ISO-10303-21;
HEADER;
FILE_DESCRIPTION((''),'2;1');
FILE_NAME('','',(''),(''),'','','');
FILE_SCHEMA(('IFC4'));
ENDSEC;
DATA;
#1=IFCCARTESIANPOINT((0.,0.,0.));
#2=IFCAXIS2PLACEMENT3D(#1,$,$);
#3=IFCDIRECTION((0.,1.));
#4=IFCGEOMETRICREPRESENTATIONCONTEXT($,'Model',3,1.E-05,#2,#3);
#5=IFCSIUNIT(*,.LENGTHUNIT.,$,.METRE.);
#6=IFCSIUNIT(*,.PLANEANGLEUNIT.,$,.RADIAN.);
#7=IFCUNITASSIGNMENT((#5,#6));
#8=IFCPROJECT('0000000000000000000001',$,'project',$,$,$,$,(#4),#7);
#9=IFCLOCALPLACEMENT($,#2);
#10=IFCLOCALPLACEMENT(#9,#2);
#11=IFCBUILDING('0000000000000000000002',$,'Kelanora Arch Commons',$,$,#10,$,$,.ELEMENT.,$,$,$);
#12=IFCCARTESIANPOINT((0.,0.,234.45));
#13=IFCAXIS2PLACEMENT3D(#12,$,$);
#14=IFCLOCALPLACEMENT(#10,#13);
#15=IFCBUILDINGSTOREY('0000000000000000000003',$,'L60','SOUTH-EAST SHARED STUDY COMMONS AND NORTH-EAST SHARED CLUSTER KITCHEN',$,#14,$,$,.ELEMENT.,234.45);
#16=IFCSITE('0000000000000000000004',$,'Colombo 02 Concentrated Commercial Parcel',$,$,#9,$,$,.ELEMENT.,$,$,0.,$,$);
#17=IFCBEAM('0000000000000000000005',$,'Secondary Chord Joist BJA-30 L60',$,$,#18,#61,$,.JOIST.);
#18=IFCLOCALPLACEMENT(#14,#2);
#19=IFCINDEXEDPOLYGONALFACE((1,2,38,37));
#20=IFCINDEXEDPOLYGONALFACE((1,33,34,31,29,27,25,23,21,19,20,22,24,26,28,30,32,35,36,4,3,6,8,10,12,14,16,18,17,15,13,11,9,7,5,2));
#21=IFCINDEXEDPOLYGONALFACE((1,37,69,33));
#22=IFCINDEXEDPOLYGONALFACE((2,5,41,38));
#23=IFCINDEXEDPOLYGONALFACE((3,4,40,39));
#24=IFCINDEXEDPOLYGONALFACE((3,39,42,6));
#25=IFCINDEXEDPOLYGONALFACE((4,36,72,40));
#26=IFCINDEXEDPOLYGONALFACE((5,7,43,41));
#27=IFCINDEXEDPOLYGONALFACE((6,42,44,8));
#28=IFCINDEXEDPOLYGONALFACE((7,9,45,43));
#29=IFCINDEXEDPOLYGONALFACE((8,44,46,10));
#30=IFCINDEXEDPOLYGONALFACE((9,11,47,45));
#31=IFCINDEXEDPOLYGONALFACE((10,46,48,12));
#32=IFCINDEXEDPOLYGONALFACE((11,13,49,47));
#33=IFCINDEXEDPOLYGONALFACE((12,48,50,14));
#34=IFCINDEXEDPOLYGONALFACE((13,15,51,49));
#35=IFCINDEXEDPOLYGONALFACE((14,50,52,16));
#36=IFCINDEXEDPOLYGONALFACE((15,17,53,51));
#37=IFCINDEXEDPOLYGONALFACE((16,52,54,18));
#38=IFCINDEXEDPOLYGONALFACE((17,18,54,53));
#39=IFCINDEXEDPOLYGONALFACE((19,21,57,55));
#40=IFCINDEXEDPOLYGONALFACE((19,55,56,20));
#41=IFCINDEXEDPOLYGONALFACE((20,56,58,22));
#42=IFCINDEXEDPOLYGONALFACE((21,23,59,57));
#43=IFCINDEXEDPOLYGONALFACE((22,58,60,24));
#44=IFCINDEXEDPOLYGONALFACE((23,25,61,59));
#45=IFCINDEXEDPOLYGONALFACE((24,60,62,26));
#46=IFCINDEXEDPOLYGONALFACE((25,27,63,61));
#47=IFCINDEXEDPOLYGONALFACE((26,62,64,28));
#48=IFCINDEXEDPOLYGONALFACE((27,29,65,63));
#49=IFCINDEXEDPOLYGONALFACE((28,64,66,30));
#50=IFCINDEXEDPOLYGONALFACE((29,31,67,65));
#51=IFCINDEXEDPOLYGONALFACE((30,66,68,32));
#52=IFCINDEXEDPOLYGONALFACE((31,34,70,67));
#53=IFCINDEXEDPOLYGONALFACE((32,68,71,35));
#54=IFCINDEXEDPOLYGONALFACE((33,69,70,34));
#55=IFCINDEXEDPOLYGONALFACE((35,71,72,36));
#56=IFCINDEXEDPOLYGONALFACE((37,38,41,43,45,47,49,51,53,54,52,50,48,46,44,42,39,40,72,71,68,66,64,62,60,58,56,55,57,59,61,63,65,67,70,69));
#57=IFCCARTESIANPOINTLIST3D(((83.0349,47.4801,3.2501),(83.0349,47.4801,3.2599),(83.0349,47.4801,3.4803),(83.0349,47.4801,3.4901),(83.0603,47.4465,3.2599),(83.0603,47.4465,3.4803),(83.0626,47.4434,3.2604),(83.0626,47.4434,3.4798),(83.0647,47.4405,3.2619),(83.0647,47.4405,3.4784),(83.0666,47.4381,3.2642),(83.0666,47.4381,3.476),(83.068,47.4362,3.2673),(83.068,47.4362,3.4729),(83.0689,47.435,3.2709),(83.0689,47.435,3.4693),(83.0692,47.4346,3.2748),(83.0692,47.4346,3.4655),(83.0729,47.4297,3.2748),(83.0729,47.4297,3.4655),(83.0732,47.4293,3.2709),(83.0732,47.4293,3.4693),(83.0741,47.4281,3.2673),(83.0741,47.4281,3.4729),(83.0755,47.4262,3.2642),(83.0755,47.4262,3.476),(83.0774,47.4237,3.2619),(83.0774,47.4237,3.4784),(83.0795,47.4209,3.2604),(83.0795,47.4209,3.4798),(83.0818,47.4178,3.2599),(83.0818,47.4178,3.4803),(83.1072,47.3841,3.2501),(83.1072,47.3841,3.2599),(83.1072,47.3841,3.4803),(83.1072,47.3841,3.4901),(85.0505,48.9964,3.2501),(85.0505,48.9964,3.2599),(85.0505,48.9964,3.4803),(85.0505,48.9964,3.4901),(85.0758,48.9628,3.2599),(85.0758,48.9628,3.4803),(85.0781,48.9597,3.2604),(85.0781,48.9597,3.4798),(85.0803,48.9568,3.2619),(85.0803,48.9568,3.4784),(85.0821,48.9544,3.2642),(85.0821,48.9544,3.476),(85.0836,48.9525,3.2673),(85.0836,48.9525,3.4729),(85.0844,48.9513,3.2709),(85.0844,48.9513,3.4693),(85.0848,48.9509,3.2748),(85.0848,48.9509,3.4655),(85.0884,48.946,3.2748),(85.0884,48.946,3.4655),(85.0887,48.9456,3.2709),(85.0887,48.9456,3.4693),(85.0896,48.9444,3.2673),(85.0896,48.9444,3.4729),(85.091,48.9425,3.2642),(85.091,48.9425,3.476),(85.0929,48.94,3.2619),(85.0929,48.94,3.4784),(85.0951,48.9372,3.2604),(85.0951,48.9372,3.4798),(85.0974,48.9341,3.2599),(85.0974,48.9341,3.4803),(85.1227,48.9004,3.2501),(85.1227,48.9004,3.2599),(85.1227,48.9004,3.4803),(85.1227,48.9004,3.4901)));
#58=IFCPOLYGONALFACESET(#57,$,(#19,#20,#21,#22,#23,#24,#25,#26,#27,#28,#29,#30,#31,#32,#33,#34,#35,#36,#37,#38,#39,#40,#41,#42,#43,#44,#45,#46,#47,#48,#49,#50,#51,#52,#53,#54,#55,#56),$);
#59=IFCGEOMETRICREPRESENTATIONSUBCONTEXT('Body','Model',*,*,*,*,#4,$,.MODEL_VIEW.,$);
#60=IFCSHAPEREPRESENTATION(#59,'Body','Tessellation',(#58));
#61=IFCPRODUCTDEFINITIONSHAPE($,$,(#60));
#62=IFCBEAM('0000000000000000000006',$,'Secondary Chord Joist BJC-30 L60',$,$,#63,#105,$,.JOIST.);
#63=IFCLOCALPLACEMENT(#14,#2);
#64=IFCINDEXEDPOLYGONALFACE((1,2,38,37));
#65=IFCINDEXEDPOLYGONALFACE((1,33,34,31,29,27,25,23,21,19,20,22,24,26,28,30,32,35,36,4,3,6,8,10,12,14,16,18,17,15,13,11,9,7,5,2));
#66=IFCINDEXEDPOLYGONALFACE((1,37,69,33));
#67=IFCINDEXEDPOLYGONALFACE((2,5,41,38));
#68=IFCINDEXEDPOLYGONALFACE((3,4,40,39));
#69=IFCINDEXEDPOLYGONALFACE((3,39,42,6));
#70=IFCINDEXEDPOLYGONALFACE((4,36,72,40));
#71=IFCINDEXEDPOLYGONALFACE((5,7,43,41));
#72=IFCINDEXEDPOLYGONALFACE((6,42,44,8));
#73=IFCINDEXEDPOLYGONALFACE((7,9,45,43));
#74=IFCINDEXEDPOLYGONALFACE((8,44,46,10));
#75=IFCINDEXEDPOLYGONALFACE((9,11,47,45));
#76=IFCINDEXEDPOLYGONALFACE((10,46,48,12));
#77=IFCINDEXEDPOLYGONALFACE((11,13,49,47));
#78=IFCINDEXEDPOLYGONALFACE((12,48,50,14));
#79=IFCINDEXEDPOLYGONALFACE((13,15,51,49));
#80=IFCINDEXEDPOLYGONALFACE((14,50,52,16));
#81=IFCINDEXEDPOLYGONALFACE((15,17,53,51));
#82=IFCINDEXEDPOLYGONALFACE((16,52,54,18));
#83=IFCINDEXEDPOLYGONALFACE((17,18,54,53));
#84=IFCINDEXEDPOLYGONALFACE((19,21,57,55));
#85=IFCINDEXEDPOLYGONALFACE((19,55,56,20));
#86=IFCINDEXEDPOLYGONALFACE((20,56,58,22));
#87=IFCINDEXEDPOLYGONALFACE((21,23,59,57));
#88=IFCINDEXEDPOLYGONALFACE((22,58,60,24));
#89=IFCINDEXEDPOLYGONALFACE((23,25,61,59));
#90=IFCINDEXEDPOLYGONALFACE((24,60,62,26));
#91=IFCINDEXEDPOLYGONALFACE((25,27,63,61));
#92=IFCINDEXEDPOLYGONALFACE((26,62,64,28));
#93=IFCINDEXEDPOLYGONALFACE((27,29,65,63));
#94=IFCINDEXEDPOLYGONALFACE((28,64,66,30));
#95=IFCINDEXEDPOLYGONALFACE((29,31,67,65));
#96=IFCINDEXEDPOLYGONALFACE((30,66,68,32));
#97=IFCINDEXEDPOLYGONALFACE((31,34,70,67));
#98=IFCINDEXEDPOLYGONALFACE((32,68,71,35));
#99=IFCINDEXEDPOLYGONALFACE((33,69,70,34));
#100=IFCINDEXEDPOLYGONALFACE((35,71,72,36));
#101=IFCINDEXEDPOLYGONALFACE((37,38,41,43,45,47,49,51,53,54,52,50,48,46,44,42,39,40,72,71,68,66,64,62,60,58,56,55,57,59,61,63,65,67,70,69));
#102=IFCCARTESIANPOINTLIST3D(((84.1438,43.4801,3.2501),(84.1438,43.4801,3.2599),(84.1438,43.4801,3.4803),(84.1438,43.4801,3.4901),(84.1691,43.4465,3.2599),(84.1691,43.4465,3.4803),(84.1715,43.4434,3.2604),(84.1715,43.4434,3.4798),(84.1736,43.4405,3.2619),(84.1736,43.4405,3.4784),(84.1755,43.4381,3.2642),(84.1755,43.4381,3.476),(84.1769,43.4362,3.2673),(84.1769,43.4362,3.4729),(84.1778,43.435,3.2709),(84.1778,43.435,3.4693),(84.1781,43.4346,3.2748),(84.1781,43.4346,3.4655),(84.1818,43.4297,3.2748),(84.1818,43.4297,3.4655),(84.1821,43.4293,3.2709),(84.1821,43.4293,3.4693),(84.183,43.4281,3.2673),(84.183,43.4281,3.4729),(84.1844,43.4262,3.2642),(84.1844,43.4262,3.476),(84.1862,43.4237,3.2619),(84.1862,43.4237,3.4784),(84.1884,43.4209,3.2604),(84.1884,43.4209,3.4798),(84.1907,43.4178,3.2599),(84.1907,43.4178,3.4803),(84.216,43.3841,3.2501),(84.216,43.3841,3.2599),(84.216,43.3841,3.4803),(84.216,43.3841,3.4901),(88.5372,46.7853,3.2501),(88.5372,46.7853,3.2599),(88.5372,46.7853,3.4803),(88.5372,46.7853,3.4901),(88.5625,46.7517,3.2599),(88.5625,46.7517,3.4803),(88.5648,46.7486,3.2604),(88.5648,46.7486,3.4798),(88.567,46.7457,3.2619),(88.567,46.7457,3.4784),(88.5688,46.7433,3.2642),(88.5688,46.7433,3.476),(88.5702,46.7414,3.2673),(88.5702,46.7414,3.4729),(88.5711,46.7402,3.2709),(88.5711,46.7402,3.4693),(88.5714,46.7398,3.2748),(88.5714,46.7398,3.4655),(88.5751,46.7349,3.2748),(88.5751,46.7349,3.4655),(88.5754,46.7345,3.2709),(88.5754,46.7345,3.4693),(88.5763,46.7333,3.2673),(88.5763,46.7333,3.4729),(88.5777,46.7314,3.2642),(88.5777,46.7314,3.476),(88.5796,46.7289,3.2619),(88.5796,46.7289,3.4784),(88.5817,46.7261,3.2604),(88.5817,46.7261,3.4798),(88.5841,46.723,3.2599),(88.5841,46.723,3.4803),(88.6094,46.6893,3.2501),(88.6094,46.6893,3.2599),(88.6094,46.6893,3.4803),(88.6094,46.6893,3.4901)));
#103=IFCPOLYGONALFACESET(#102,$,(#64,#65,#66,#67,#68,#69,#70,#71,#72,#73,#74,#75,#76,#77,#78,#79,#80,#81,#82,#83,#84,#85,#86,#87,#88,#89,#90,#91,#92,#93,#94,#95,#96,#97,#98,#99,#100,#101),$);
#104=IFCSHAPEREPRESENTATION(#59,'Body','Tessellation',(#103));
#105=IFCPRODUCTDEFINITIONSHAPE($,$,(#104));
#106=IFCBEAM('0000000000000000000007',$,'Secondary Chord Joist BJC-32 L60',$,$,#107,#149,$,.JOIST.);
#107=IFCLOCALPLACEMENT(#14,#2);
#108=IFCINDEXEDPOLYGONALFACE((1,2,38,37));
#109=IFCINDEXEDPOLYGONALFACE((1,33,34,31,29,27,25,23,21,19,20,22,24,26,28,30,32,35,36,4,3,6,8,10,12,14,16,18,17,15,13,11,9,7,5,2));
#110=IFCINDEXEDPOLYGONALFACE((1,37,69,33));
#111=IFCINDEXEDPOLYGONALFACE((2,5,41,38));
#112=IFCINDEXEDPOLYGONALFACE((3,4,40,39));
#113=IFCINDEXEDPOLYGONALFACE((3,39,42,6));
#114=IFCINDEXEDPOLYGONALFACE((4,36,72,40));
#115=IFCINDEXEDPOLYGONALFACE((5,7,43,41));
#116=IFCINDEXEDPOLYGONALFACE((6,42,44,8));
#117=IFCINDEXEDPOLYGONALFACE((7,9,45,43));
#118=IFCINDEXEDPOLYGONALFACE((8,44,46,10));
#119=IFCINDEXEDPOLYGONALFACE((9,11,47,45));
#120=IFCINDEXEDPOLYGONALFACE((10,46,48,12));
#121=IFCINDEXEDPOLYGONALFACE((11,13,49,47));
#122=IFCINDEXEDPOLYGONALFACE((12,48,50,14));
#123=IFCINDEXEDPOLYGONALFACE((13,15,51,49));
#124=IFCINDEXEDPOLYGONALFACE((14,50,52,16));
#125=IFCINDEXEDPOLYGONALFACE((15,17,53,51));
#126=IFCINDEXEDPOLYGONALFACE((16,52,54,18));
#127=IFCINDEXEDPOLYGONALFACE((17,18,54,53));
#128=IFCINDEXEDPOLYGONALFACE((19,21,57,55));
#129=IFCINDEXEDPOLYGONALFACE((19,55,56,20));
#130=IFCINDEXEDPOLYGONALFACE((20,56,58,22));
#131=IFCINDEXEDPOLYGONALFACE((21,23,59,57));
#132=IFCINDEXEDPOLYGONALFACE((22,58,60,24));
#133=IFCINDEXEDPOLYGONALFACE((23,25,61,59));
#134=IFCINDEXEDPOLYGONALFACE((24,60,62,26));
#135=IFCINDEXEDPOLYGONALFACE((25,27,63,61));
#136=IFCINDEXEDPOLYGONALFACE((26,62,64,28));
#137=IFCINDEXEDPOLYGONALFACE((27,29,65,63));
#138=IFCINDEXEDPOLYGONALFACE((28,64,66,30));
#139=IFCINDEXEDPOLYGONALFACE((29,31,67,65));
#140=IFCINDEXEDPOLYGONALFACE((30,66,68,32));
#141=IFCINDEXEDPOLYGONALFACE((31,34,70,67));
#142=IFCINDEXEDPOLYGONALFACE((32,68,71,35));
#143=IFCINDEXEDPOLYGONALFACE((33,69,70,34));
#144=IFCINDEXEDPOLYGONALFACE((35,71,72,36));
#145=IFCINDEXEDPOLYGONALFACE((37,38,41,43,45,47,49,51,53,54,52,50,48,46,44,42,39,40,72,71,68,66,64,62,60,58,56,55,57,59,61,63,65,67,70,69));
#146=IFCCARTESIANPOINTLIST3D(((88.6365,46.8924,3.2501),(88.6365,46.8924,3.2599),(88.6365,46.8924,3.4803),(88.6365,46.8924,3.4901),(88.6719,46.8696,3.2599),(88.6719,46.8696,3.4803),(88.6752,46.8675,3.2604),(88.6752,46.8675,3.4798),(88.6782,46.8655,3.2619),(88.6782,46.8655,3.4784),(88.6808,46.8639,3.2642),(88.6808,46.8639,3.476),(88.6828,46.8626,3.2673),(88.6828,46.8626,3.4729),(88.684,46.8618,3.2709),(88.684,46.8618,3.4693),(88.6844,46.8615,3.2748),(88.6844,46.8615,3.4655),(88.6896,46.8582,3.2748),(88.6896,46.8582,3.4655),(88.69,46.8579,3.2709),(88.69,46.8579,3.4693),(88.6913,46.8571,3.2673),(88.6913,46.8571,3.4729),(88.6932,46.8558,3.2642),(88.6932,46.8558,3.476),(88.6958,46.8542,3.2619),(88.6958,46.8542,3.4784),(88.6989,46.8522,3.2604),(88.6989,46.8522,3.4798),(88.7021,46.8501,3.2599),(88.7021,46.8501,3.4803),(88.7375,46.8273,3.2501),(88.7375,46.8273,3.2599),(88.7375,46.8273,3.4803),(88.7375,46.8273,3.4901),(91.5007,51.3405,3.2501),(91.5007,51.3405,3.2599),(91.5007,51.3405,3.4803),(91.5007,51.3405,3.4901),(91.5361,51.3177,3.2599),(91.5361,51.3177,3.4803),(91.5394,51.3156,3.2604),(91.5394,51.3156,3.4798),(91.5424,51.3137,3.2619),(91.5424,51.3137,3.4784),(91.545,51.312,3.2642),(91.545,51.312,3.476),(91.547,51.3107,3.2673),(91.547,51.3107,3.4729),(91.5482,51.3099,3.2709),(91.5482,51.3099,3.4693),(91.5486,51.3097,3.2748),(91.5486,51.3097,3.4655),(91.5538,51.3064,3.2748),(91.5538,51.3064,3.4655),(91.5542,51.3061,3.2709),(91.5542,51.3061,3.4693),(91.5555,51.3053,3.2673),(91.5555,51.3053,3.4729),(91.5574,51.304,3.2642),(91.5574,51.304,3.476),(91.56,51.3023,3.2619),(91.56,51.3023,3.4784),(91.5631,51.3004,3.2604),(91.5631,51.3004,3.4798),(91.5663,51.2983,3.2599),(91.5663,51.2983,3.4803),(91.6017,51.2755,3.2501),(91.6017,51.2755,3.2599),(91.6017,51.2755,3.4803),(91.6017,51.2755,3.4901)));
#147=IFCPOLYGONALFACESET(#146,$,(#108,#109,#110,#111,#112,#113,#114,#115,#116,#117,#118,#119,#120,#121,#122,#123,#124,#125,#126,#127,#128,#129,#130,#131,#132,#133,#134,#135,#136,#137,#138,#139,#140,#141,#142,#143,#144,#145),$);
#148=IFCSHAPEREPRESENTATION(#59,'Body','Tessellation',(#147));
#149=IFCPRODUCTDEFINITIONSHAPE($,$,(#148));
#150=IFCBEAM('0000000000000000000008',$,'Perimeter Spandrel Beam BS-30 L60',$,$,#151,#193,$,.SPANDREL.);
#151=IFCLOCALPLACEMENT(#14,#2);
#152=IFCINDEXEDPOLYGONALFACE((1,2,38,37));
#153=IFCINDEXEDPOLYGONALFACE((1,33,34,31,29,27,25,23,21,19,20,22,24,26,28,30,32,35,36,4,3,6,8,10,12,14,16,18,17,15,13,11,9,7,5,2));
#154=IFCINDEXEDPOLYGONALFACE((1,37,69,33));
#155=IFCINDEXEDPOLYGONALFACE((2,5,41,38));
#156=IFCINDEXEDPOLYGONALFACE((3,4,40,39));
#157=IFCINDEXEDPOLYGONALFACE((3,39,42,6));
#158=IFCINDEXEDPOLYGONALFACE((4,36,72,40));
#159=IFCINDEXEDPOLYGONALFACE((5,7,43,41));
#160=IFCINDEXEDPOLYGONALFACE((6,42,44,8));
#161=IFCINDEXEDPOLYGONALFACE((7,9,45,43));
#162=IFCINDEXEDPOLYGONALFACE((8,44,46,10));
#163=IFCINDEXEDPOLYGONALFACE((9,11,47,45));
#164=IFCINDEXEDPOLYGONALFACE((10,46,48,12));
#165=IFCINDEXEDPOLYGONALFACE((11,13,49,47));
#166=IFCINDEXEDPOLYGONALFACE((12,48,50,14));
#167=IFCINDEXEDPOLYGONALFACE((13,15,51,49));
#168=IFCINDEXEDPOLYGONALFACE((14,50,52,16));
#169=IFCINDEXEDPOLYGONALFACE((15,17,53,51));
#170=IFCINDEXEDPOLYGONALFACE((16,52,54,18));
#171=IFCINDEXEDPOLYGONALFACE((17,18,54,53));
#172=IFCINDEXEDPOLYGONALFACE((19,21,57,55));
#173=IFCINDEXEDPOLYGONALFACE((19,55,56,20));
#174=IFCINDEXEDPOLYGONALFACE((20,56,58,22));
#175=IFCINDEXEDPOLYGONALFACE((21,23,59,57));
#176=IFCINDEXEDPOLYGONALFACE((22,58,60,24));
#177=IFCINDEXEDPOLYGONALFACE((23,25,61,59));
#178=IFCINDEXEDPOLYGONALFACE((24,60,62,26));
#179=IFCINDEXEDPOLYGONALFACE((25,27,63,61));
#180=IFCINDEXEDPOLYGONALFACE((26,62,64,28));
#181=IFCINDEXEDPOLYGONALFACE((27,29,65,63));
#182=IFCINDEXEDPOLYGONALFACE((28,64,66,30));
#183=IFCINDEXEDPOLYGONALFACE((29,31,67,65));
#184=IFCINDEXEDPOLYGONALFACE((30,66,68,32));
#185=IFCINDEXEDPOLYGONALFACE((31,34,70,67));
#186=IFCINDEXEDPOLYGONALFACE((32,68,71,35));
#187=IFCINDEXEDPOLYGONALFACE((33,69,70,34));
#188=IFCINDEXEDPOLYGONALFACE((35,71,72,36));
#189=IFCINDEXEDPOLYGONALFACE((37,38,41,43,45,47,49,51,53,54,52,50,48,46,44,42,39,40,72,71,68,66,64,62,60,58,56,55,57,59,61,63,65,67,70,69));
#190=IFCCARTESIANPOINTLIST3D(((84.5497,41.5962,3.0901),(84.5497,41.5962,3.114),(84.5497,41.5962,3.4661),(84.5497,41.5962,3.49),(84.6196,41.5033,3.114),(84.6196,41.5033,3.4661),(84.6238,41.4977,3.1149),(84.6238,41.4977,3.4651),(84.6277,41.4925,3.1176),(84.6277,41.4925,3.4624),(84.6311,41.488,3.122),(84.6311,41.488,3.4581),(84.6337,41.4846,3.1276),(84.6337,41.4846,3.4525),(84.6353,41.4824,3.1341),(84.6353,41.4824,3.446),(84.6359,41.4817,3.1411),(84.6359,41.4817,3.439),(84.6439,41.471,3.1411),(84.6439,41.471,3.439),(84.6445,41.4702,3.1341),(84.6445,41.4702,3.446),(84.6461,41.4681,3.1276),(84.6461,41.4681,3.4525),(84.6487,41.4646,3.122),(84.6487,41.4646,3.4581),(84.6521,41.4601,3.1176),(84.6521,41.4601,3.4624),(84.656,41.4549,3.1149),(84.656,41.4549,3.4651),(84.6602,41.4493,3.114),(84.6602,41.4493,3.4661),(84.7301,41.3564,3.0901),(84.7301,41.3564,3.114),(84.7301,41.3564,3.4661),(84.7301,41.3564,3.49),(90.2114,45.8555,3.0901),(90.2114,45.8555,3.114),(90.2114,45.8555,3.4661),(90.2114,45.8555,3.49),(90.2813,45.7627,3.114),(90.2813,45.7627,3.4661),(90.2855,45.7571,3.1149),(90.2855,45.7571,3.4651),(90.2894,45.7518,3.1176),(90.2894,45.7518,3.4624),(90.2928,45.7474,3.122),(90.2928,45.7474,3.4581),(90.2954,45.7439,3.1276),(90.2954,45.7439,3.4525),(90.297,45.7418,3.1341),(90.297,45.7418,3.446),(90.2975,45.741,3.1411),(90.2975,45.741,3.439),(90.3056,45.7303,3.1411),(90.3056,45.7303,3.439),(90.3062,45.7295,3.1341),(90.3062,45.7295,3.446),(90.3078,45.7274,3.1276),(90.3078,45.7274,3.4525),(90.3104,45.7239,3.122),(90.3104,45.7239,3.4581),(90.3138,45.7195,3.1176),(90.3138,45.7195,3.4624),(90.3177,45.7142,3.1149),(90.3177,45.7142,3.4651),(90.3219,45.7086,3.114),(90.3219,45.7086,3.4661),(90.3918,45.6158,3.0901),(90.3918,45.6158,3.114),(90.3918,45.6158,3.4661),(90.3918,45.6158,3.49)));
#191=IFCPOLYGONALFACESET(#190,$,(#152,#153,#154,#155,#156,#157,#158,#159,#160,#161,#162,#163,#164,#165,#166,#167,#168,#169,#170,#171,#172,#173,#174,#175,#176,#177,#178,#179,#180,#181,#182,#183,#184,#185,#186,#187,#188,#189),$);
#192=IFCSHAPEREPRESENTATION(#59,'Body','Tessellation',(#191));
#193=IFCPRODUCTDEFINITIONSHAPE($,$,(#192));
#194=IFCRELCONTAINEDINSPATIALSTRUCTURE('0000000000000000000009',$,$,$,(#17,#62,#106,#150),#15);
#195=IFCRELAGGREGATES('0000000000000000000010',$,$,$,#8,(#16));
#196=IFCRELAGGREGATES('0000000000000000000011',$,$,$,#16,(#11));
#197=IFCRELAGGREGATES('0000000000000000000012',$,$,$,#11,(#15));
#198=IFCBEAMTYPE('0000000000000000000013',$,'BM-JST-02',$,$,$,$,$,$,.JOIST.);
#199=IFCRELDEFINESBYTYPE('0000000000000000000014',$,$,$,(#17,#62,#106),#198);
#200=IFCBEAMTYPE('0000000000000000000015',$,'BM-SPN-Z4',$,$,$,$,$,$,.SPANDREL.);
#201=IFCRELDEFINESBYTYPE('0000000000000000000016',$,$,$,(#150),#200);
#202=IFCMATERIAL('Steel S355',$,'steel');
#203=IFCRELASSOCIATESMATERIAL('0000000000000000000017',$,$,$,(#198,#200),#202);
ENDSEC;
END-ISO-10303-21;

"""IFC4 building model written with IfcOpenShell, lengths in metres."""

from ifc_helpers import new_model, si_unit, direction, frame, origin, origin_2d, place, context, subcontext, project, spatial, i_section, extrude, material, material_profile, profile_set, type_object, element, save


model = new_model("IFC4")

# Units and contexts
model_context = context("Model", 3, precision=1e-05, world=origin(), true_north=direction((0.0, 1.0)))
body_context = subcontext(model_context, "Body", "Model", "MODEL_VIEW")
ifc_project = project(units=[si_unit("LENGTHUNIT", "METRE"), si_unit("PLANEANGLEUNIT", "RADIAN")], contexts=[model_context])

# Site, building, storey
site_placement = place(None, origin())
site = spatial("IfcSite", under=ifc_project, at=site_placement, Name="Colombo 02 Concentrated Commercial Parcel", CompositionType="ELEMENT", RefElevation=0.0)
building_placement = place(site_placement, origin())
building = spatial("IfcBuilding", under=site, at=building_placement, Name="Kelanora Arch Commons", CompositionType="ELEMENT")
storey_placement = place(building_placement, frame((0.0, 0.0, 234.45)))
storey = spatial("IfcBuildingStorey", under=building, at=storey_placement, Name="L60", Description="SOUTH-EAST SHARED STUDY COMMONS AND NORTH-EAST SHARED CLUSTER KITCHEN", CompositionType="ELEMENT", Elevation=234.45)

# Beams
ifc_material_1 = material(Name="Steel S355", Category="steel")
ifc_material_profile_1 = material_profile(ifc_material_1, i_section(OverallWidth=0.1201, OverallDepth=0.24, WebThickness=0.0061, FlangeThickness=0.0098, FilletRadius=0.0149, at=origin_2d()), Name="IPE240")
ifc_profile_set_1 = profile_set([ifc_material_profile_1], Name="Steel S355")
beam_type_1 = type_object("IfcBeamType", Name="BM-JST-02", PredefinedType="JOIST", material=ifc_profile_set_1)
beam_1_placement = place(storey_placement, frame((83.071, 47.4321, 3.3701), z_axis=(0.799116, 0.601176, 0.0), x_axis=(-0.601176, 0.799116, 0.0)))
element("IfcBeam", 1, at=beam_1_placement, inside=storey, type_object=beam_type_1, Name="Secondary Chord Joist BJA-30 L60", PredefinedType="JOIST", context=body_context, shape_type="SweptSolid", body=[
    extrude(i_section(OverallWidth=0.1201, OverallDepth=0.24, WebThickness=0.0061, FlangeThickness=0.0098, FilletRadius=0.0149, at=origin_2d()), origin(), (0.0, 0.0, 1.0), 2.5222),
])
beam_2_placement = place(storey_placement, frame((84.1799, 43.4321, 3.3701), z_axis=(0.799109, 0.601186, 0.0), x_axis=(-0.601186, 0.799109, 0.0)))
element("IfcBeam", 2, at=beam_2_placement, inside=storey, type_object=beam_type_1, Name="Secondary Chord Joist BJC-30 L60", PredefinedType="JOIST", context=body_context, shape_type="SweptSolid", body=[
    extrude(i_section(OverallWidth=0.1201, OverallDepth=0.24, WebThickness=0.0061, FlangeThickness=0.0098, FilletRadius=0.0149, at=origin_2d()), origin(), (0.0, 0.0, 1.0), 5.4978),
])
beam_3_placement = place(storey_placement, frame((88.687, 46.8599, 3.3701), z_axis=(0.541382, 0.840776, 0.0), x_axis=(-0.840776, 0.541382, 0.0)))
element("IfcBeam", 3, at=beam_3_placement, inside=storey, type_object=beam_type_1, Name="Secondary Chord Joist BJC-32 L60", PredefinedType="JOIST", context=body_context, shape_type="SweptSolid", body=[
    extrude(i_section(OverallWidth=0.1201, OverallDepth=0.24, WebThickness=0.0061, FlangeThickness=0.0098, FilletRadius=0.0149, at=origin_2d()), origin(), (0.0, 0.0, 1.0), 5.2905),
])
ifc_material_profile_2 = material_profile(ifc_material_1, i_section(OverallWidth=0.3, OverallDepth=0.3999, WebThickness=0.0134, FlangeThickness=0.0239, FilletRadius=0.0271, at=origin_2d()), Name="HEB400")
ifc_profile_set_2 = profile_set([ifc_material_profile_2], Name="Steel S355")
beam_type_2 = type_object("IfcBeamType", Name="BM-SPN-Z4", PredefinedType="SPANDREL", material=ifc_profile_set_2)
beam_4_placement = place(storey_placement, frame((84.6399, 41.4763, 3.29), z_axis=(0.799114, 0.601179, 0.0), x_axis=(-0.601179, 0.799114, 0.0)))
element("IfcBeam", 4, at=beam_4_placement, inside=storey, type_object=beam_type_2, Name="Perimeter Spandrel Beam BS-30 L60", PredefinedType="SPANDREL", context=body_context, shape_type="SweptSolid", body=[
    extrude(i_section(OverallWidth=0.3, OverallDepth=0.3999, WebThickness=0.0134, FlangeThickness=0.0239, FilletRadius=0.0271, at=origin_2d()), origin(), (0.0, 0.0, 1.0), 7.085),
])

save(model, "model.ifc")
